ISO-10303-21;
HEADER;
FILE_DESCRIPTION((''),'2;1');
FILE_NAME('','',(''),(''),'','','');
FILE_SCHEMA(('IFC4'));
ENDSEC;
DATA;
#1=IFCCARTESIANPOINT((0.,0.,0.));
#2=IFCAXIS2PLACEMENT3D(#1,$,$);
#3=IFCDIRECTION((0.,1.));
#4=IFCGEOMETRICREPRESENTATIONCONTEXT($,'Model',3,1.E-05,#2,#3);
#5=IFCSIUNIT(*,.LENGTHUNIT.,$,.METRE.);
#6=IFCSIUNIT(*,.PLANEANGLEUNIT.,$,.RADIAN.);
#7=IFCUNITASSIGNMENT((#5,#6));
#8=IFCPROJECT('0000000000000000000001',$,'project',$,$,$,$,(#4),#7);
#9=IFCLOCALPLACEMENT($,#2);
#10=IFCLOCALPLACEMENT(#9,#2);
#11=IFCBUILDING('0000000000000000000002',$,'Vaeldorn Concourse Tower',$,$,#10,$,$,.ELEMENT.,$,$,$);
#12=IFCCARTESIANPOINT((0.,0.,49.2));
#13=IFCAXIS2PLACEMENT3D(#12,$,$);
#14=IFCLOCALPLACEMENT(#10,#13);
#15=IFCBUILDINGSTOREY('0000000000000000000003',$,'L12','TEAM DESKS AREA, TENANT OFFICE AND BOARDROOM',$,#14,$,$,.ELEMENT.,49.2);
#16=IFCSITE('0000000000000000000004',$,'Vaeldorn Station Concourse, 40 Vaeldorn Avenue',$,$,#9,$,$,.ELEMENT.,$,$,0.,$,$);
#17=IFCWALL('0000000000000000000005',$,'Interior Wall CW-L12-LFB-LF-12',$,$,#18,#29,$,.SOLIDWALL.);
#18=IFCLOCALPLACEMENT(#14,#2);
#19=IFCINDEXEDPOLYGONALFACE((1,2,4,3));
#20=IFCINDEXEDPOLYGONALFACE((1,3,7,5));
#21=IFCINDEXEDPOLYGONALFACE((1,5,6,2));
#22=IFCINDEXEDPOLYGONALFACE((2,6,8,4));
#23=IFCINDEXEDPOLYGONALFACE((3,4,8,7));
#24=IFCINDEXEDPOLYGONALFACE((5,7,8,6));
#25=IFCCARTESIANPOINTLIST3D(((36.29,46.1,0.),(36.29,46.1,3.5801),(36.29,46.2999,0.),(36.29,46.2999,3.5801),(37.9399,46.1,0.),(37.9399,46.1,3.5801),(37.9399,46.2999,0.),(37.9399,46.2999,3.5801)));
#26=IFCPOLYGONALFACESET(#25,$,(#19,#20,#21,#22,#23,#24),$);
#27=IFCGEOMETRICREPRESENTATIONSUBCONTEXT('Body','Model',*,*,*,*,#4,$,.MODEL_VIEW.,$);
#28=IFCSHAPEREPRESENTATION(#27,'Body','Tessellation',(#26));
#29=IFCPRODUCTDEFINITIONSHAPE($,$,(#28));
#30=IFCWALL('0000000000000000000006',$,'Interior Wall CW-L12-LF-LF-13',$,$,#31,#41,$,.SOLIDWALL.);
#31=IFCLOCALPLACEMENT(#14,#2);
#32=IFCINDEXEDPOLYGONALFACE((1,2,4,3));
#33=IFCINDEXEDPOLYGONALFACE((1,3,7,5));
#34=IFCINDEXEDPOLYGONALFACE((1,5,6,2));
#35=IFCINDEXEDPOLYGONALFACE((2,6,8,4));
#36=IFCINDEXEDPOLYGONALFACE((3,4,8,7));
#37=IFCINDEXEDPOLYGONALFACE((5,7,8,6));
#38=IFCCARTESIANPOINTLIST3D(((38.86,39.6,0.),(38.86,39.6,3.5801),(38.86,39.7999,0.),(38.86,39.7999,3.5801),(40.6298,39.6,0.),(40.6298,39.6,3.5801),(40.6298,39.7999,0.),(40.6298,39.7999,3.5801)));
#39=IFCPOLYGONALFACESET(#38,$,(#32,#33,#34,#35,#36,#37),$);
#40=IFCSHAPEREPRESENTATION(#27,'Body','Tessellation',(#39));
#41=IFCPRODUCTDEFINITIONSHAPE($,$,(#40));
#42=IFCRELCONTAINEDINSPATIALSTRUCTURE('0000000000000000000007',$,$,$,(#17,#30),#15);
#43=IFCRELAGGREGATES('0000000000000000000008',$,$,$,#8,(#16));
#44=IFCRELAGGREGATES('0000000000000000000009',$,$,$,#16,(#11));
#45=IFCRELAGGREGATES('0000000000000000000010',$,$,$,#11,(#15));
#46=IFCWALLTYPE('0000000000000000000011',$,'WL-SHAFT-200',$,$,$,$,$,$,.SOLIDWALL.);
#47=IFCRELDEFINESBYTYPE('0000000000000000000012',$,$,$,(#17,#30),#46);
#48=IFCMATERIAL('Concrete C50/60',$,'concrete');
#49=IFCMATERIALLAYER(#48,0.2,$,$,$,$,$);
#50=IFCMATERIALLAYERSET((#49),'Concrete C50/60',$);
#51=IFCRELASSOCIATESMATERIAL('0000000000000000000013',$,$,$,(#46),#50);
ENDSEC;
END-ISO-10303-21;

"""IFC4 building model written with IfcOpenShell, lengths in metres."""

from ifc_helpers import new_model, si_unit, direction, frame, frame_2d, origin, place, context, subcontext, project, spatial, rectangle, extrude, material, layer, layer_set, type_object, element, save


model = new_model("IFC4")

# Units and contexts
model_context = context("Model", 3, precision=1e-05, world=origin(), true_north=direction((0.0, 1.0)))
body_context = subcontext(model_context, "Body", "Model", "MODEL_VIEW")
ifc_project = project(units=[si_unit("LENGTHUNIT", "METRE"), si_unit("PLANEANGLEUNIT", "RADIAN")], contexts=[model_context])

# Site, building, storey
site_placement = place(None, origin())
site = spatial("IfcSite", under=ifc_project, at=site_placement, Name="Vaeldorn Station Concourse, 40 Vaeldorn Avenue", CompositionType="ELEMENT", RefElevation=0.0)
building_placement = place(site_placement, origin())
building = spatial("IfcBuilding", under=site, at=building_placement, Name="Vaeldorn Concourse Tower", CompositionType="ELEMENT")
storey_placement = place(building_placement, frame((0.0, 0.0, 49.2)))
storey = spatial("IfcBuildingStorey", under=building, at=storey_placement, Name="L12", Description="TEAM DESKS AREA, TENANT OFFICE AND BOARDROOM", CompositionType="ELEMENT", Elevation=49.2)

# Walls
ifc_material_1 = material(Name="Concrete C50/60", Category="concrete")
ifc_layer_1 = layer(ifc_material_1, 0.2)
ifc_layer_set_1 = layer_set([ifc_layer_1], Name="Concrete C50/60")
wall_type_1 = type_object("IfcWallType", Name="WL-SHAFT-200", PredefinedType="SOLIDWALL", material=ifc_layer_set_1)
for number, where, z_axis, x_axis, name in (
    (1, (36.29, 46.2, 0.0), (0.0, 0.0, 1.0), (1.0, 0.0, 0.0), "Interior Wall CW-L12-LFB-LF-12"),
):
    element("IfcWall", number, at=place(storey_placement, frame(where, z_axis=z_axis, x_axis=x_axis)), inside=storey, type_object=wall_type_1, Name=name, PredefinedType="SOLIDWALL", context=body_context, shape_type="SweptSolid", body=[
        extrude(rectangle(XDim=1.6499, YDim=0.2, at=frame_2d((0.825, 0.0))), origin(), (0.0, 0.0, 1.0), 3.5801),
    ])
wall_1_placement = place(storey_placement, frame((38.8601, 39.7, 0.0), z_axis=(0.0, 0.0, 1.0), x_axis=(1.0, 0.0, 0.0)))
element("IfcWall", 2, at=wall_1_placement, inside=storey, type_object=wall_type_1, Name="Interior Wall CW-L12-LF-LF-13", PredefinedType="SOLIDWALL", context=body_context, shape_type="SweptSolid", body=[
    extrude(rectangle(XDim=1.7698, YDim=0.2, at=frame_2d((0.8848, 0.0))), origin(), (0.0, 0.0, 1.0), 3.5801),
])

save(model, "model.ifc")
